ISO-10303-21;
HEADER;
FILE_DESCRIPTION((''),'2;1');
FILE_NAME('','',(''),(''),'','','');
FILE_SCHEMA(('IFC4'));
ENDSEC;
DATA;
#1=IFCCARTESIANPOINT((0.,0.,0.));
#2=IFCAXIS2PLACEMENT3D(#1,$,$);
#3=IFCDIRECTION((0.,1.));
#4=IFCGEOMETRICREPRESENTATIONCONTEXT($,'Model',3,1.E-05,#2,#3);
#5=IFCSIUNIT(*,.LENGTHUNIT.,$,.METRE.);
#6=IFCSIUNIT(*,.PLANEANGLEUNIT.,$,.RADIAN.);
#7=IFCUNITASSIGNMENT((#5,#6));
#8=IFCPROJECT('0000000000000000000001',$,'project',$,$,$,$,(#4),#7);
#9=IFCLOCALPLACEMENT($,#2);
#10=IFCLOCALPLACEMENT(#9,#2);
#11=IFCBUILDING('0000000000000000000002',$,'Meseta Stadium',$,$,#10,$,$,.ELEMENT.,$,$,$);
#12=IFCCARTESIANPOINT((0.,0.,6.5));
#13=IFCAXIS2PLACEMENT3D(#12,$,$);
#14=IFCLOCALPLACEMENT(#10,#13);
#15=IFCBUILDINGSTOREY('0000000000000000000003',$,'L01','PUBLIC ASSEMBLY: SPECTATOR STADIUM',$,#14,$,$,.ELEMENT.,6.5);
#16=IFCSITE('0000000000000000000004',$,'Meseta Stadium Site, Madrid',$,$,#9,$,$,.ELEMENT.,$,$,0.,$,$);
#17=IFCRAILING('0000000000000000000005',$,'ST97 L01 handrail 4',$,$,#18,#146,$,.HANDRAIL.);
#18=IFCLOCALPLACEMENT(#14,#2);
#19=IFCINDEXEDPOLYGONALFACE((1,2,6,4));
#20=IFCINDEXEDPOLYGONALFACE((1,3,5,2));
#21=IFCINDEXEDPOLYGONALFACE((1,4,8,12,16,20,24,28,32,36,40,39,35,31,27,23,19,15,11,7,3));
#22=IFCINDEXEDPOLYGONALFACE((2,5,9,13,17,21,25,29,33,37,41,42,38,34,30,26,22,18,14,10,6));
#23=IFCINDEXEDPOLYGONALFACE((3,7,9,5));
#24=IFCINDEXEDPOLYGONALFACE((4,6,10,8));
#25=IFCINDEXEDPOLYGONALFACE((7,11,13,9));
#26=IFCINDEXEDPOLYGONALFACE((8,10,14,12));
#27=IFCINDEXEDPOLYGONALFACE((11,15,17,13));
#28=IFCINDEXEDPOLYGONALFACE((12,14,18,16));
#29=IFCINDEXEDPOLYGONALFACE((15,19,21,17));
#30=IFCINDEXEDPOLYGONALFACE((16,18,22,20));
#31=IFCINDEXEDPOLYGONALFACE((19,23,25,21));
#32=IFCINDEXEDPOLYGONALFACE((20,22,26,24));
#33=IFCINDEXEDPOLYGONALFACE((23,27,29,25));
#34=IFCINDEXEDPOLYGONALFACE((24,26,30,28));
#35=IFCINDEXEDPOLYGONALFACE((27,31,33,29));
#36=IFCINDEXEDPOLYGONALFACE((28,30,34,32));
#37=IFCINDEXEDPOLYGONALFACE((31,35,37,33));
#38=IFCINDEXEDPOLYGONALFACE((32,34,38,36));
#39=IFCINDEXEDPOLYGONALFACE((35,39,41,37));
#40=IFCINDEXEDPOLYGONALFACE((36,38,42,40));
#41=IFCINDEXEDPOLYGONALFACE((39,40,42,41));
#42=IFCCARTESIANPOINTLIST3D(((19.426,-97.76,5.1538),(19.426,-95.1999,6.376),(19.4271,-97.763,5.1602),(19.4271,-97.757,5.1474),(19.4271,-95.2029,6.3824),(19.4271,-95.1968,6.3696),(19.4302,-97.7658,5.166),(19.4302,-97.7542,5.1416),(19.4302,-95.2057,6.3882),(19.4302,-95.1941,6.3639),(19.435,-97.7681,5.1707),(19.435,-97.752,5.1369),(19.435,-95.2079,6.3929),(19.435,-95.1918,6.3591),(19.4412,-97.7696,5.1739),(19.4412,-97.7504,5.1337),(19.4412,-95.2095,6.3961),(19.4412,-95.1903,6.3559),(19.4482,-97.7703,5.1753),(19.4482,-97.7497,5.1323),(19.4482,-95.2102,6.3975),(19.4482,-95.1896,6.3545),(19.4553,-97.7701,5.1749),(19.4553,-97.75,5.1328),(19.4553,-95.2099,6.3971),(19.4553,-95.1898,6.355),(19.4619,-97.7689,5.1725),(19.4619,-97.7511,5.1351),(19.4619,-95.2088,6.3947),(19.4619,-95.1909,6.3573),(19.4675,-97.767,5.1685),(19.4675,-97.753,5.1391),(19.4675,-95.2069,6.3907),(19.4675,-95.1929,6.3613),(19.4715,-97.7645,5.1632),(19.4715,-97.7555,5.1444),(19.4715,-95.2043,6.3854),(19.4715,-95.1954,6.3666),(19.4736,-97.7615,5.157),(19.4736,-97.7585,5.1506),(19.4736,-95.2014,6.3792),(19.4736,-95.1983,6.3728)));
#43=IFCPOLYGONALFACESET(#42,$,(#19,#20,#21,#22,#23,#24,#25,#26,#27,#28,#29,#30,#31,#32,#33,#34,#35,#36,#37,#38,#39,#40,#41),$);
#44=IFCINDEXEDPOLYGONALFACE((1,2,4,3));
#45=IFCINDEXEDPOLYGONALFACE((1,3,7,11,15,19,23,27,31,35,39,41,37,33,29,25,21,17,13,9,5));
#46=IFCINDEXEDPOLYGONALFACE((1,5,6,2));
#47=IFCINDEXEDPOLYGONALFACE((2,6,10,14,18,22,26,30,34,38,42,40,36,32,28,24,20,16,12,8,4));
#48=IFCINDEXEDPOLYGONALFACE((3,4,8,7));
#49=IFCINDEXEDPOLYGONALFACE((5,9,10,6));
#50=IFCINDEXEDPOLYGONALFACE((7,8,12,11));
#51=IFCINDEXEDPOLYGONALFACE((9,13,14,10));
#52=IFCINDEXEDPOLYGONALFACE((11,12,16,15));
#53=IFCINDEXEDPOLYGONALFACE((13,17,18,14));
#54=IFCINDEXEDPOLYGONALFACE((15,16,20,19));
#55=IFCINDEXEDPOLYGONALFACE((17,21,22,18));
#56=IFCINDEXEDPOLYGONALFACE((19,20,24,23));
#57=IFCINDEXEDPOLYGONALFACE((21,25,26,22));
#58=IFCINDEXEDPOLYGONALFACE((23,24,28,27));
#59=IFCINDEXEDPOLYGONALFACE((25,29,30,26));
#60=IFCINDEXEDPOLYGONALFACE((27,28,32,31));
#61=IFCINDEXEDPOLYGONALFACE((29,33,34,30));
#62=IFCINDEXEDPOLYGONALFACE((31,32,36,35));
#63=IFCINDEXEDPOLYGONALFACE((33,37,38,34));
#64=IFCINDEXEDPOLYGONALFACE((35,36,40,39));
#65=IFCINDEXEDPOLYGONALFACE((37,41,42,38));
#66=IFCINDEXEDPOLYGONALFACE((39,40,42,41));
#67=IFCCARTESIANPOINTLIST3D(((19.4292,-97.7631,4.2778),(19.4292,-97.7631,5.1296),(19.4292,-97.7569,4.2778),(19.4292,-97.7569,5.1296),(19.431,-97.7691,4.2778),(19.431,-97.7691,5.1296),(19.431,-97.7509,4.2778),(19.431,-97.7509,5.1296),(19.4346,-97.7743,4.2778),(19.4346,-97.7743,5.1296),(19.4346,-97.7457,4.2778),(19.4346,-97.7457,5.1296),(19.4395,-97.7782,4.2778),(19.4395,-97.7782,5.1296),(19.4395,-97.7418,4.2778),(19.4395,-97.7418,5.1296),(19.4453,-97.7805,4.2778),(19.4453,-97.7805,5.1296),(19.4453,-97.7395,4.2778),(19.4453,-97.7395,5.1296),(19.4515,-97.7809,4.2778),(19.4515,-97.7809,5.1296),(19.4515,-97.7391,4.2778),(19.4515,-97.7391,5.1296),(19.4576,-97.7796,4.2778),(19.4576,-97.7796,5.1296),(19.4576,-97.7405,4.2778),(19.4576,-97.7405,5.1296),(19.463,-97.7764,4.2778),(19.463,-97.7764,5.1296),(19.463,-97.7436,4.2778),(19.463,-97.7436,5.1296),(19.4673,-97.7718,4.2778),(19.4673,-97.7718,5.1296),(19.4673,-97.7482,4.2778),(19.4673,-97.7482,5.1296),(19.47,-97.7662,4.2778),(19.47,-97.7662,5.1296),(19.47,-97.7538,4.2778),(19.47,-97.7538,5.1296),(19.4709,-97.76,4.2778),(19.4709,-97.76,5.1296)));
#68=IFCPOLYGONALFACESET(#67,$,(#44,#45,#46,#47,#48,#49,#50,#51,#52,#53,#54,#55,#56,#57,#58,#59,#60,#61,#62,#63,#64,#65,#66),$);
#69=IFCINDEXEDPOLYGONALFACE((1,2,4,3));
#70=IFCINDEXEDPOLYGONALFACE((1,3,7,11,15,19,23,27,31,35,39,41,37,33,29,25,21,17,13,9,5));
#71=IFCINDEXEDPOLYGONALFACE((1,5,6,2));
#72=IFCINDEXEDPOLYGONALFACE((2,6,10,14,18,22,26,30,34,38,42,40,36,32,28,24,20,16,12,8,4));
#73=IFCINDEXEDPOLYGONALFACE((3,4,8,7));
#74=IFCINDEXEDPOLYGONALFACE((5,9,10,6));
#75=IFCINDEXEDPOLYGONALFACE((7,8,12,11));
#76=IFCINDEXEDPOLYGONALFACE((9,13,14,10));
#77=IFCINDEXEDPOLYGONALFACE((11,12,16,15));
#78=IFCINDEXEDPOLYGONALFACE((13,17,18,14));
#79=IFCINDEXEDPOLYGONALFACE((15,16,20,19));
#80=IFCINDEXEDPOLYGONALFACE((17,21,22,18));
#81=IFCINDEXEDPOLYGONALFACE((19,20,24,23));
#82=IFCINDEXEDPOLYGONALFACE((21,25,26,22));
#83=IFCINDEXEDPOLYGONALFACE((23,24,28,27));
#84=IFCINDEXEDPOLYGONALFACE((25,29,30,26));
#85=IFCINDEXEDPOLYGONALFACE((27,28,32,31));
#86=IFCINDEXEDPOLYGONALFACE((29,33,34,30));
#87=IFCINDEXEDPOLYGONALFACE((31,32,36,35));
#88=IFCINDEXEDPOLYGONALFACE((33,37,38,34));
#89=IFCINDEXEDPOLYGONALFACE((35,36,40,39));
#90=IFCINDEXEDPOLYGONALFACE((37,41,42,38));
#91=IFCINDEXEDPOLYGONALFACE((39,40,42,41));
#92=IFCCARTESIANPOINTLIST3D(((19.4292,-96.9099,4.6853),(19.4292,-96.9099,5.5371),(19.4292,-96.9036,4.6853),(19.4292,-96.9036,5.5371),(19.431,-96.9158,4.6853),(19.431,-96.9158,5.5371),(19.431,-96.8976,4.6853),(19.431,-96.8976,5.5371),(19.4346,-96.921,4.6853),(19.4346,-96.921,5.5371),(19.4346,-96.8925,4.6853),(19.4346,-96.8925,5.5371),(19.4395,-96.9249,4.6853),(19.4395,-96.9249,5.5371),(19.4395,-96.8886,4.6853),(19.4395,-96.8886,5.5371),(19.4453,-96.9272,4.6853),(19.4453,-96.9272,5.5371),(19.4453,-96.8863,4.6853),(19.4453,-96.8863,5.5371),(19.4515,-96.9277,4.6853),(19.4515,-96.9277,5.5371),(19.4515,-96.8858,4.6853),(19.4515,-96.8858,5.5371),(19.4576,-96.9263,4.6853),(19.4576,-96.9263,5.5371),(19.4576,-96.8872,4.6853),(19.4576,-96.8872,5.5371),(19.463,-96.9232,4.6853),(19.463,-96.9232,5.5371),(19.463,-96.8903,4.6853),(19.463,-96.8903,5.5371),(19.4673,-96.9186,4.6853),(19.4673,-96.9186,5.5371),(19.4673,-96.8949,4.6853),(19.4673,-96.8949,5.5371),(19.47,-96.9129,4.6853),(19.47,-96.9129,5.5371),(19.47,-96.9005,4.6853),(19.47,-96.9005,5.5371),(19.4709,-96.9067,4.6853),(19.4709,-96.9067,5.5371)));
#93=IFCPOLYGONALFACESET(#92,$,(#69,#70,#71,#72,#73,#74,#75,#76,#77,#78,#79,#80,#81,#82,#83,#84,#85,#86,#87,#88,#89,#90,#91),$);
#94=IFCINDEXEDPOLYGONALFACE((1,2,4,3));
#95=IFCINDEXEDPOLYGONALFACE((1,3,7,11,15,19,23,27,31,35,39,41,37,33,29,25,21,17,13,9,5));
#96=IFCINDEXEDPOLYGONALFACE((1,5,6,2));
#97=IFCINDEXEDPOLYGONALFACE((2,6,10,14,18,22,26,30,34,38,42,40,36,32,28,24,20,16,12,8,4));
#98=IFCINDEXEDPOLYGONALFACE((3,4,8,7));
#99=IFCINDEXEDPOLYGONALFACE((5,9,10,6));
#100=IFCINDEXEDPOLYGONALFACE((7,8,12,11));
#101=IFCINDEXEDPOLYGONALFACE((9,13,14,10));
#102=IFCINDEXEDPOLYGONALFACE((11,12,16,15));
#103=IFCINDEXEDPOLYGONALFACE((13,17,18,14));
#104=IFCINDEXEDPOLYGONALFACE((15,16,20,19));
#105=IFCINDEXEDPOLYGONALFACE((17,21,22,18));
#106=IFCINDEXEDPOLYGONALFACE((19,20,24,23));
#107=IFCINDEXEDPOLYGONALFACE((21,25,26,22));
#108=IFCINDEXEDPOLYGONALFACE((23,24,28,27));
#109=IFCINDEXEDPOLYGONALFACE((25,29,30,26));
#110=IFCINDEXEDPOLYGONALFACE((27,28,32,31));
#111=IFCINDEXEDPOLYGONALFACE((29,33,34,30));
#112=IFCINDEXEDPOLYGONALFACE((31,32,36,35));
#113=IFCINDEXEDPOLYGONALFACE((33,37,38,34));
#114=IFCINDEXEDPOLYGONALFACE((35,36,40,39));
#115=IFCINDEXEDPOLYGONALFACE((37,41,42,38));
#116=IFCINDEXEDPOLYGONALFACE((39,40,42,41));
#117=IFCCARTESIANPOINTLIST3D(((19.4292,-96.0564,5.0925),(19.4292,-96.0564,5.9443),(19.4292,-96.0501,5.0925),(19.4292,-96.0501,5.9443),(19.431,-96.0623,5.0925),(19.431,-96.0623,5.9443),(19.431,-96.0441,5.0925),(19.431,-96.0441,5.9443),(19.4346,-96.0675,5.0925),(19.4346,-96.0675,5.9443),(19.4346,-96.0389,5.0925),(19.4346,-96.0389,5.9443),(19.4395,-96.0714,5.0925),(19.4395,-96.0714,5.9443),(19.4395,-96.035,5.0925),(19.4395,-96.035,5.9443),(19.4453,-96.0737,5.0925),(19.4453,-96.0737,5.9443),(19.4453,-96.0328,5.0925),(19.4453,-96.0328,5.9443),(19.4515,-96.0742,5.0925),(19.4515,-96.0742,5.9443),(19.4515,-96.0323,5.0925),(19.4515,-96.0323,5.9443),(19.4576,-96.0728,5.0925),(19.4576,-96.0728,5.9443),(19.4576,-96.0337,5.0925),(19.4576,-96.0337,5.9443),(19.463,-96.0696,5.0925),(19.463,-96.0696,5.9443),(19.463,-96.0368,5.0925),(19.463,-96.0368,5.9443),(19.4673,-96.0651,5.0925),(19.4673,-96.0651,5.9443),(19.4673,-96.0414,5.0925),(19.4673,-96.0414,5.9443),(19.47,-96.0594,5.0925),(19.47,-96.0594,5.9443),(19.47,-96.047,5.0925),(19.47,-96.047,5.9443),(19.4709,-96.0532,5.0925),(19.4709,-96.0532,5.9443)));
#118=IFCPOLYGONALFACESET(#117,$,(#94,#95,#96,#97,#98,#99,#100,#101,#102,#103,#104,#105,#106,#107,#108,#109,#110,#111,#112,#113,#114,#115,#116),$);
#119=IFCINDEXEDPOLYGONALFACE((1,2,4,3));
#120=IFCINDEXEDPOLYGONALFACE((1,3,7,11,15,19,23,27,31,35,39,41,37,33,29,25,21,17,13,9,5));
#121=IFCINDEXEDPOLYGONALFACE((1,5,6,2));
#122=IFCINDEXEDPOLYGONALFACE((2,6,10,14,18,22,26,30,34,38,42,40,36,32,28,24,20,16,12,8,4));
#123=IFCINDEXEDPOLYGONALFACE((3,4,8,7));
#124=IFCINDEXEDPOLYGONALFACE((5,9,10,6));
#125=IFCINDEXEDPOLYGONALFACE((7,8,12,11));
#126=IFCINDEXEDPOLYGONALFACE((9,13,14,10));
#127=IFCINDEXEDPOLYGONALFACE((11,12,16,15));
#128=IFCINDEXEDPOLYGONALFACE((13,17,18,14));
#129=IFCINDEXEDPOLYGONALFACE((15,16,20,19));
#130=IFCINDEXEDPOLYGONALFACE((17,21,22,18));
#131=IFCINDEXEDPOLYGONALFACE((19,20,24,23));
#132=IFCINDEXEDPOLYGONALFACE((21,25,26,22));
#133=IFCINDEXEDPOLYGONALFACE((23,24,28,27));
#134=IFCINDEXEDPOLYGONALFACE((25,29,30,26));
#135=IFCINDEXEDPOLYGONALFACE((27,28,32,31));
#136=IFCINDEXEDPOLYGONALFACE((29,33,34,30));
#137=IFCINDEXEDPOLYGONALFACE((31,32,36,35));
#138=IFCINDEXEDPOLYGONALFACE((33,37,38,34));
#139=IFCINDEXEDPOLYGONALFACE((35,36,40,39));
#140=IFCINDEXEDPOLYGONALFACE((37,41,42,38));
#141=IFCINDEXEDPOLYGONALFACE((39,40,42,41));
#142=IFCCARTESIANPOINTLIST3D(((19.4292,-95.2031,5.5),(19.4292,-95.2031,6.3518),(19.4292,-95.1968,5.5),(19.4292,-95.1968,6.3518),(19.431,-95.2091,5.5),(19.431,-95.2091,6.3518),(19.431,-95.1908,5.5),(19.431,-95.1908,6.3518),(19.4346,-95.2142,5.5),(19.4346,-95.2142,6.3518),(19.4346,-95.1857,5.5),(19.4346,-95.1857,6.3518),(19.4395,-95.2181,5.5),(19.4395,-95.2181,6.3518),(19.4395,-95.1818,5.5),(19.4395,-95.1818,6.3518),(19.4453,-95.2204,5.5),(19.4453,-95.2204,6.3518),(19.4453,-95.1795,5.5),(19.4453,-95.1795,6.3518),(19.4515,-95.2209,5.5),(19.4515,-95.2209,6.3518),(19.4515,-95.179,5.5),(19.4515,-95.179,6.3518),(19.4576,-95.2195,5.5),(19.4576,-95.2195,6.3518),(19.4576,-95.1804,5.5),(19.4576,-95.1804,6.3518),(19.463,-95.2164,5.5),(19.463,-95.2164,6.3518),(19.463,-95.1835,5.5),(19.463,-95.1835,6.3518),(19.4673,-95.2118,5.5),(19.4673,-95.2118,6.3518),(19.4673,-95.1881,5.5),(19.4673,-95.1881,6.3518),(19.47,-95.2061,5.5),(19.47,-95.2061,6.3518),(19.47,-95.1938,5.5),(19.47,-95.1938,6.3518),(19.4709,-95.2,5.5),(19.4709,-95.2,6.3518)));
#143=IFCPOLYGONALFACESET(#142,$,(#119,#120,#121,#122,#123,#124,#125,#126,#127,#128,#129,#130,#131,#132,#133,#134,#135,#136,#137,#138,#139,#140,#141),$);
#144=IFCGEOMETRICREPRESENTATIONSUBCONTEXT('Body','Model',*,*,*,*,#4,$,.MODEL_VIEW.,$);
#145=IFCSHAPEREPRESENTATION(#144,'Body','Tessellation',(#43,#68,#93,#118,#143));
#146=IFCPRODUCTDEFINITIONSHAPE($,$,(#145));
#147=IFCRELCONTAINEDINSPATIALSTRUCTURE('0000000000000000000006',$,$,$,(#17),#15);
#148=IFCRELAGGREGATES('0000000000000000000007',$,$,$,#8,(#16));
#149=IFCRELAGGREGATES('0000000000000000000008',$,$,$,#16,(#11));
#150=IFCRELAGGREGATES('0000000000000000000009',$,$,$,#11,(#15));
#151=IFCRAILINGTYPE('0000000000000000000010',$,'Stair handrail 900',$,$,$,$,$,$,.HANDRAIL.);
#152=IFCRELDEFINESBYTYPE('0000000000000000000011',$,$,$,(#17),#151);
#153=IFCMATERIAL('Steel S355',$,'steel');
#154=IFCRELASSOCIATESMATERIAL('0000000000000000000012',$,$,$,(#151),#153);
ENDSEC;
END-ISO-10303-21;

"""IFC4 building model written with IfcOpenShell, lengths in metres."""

from ifc_helpers import new_model, si_unit, direction, frame, origin, origin_2d, place, context, subcontext, project, spatial, circle, extrude, material, type_object, element, save


model = new_model("IFC4")

# Units and contexts
model_context = context("Model", 3, precision=1e-05, world=origin(), true_north=direction((0.0, 1.0)))
body_context = subcontext(model_context, "Body", "Model", "MODEL_VIEW")
ifc_project = project(units=[si_unit("LENGTHUNIT", "METRE"), si_unit("PLANEANGLEUNIT", "RADIAN")], contexts=[model_context])

# Site, building, storey
site_placement = place(None, origin())
site = spatial("IfcSite", under=ifc_project, at=site_placement, Name="Meseta Stadium Site, Madrid", CompositionType="ELEMENT", RefElevation=0.0)
building_placement = place(site_placement, origin())
building = spatial("IfcBuilding", under=site, at=building_placement, Name="Meseta Stadium", CompositionType="ELEMENT")
storey_placement = place(building_placement, frame((0.0, 0.0, 6.5)))
storey = spatial("IfcBuildingStorey", under=building, at=storey_placement, Name="L01", Description="PUBLIC ASSEMBLY: SPECTATOR STADIUM", CompositionType="ELEMENT", Elevation=6.5)

# Railing
ifc_material_1 = material(Name="Steel S355", Category="steel")
railing_type_1 = type_object("IfcRailingType", Name="Stair handrail 900", PredefinedType="HANDRAIL", material=ifc_material_1)
for number, where, name in (
    (1, (19.45, -97.76, 4.2778), "ST97 L01 handrail 4"),
):
    element("IfcRailing", number, at=place(storey_placement, frame(where)), inside=storey, type_object=railing_type_1, Name=name, PredefinedType="HANDRAIL", context=body_context, shape_type="SweptSolid", body=[
        extrude(circle(Radius=0.0239, at=origin_2d()), frame((0.0, 0.0, 0.876), z_axis=(0.0, 0.902437, 0.430822), x_axis=(-1.0, 0.0, 0.0)), (0.0, 0.0, 1.0), 2.8369),
        extrude(circle(Radius=0.021, at=origin_2d()), origin(), (0.0, 0.0, 1.0), 0.8518),
        extrude(circle(Radius=0.021, at=origin_2d()), frame((0.0, 0.8533, 0.4075)), (0.0, 0.0, 1.0), 0.8518),
        extrude(circle(Radius=0.021, at=origin_2d()), frame((0.0, 1.7068, 0.8147)), (0.0, 0.0, 1.0), 0.8518),
        extrude(circle(Radius=0.021, at=origin_2d()), frame((0.0, 2.5601, 1.2222)), (0.0, 0.0, 1.0), 0.8518),
    ])

save(model, "model.ifc")
